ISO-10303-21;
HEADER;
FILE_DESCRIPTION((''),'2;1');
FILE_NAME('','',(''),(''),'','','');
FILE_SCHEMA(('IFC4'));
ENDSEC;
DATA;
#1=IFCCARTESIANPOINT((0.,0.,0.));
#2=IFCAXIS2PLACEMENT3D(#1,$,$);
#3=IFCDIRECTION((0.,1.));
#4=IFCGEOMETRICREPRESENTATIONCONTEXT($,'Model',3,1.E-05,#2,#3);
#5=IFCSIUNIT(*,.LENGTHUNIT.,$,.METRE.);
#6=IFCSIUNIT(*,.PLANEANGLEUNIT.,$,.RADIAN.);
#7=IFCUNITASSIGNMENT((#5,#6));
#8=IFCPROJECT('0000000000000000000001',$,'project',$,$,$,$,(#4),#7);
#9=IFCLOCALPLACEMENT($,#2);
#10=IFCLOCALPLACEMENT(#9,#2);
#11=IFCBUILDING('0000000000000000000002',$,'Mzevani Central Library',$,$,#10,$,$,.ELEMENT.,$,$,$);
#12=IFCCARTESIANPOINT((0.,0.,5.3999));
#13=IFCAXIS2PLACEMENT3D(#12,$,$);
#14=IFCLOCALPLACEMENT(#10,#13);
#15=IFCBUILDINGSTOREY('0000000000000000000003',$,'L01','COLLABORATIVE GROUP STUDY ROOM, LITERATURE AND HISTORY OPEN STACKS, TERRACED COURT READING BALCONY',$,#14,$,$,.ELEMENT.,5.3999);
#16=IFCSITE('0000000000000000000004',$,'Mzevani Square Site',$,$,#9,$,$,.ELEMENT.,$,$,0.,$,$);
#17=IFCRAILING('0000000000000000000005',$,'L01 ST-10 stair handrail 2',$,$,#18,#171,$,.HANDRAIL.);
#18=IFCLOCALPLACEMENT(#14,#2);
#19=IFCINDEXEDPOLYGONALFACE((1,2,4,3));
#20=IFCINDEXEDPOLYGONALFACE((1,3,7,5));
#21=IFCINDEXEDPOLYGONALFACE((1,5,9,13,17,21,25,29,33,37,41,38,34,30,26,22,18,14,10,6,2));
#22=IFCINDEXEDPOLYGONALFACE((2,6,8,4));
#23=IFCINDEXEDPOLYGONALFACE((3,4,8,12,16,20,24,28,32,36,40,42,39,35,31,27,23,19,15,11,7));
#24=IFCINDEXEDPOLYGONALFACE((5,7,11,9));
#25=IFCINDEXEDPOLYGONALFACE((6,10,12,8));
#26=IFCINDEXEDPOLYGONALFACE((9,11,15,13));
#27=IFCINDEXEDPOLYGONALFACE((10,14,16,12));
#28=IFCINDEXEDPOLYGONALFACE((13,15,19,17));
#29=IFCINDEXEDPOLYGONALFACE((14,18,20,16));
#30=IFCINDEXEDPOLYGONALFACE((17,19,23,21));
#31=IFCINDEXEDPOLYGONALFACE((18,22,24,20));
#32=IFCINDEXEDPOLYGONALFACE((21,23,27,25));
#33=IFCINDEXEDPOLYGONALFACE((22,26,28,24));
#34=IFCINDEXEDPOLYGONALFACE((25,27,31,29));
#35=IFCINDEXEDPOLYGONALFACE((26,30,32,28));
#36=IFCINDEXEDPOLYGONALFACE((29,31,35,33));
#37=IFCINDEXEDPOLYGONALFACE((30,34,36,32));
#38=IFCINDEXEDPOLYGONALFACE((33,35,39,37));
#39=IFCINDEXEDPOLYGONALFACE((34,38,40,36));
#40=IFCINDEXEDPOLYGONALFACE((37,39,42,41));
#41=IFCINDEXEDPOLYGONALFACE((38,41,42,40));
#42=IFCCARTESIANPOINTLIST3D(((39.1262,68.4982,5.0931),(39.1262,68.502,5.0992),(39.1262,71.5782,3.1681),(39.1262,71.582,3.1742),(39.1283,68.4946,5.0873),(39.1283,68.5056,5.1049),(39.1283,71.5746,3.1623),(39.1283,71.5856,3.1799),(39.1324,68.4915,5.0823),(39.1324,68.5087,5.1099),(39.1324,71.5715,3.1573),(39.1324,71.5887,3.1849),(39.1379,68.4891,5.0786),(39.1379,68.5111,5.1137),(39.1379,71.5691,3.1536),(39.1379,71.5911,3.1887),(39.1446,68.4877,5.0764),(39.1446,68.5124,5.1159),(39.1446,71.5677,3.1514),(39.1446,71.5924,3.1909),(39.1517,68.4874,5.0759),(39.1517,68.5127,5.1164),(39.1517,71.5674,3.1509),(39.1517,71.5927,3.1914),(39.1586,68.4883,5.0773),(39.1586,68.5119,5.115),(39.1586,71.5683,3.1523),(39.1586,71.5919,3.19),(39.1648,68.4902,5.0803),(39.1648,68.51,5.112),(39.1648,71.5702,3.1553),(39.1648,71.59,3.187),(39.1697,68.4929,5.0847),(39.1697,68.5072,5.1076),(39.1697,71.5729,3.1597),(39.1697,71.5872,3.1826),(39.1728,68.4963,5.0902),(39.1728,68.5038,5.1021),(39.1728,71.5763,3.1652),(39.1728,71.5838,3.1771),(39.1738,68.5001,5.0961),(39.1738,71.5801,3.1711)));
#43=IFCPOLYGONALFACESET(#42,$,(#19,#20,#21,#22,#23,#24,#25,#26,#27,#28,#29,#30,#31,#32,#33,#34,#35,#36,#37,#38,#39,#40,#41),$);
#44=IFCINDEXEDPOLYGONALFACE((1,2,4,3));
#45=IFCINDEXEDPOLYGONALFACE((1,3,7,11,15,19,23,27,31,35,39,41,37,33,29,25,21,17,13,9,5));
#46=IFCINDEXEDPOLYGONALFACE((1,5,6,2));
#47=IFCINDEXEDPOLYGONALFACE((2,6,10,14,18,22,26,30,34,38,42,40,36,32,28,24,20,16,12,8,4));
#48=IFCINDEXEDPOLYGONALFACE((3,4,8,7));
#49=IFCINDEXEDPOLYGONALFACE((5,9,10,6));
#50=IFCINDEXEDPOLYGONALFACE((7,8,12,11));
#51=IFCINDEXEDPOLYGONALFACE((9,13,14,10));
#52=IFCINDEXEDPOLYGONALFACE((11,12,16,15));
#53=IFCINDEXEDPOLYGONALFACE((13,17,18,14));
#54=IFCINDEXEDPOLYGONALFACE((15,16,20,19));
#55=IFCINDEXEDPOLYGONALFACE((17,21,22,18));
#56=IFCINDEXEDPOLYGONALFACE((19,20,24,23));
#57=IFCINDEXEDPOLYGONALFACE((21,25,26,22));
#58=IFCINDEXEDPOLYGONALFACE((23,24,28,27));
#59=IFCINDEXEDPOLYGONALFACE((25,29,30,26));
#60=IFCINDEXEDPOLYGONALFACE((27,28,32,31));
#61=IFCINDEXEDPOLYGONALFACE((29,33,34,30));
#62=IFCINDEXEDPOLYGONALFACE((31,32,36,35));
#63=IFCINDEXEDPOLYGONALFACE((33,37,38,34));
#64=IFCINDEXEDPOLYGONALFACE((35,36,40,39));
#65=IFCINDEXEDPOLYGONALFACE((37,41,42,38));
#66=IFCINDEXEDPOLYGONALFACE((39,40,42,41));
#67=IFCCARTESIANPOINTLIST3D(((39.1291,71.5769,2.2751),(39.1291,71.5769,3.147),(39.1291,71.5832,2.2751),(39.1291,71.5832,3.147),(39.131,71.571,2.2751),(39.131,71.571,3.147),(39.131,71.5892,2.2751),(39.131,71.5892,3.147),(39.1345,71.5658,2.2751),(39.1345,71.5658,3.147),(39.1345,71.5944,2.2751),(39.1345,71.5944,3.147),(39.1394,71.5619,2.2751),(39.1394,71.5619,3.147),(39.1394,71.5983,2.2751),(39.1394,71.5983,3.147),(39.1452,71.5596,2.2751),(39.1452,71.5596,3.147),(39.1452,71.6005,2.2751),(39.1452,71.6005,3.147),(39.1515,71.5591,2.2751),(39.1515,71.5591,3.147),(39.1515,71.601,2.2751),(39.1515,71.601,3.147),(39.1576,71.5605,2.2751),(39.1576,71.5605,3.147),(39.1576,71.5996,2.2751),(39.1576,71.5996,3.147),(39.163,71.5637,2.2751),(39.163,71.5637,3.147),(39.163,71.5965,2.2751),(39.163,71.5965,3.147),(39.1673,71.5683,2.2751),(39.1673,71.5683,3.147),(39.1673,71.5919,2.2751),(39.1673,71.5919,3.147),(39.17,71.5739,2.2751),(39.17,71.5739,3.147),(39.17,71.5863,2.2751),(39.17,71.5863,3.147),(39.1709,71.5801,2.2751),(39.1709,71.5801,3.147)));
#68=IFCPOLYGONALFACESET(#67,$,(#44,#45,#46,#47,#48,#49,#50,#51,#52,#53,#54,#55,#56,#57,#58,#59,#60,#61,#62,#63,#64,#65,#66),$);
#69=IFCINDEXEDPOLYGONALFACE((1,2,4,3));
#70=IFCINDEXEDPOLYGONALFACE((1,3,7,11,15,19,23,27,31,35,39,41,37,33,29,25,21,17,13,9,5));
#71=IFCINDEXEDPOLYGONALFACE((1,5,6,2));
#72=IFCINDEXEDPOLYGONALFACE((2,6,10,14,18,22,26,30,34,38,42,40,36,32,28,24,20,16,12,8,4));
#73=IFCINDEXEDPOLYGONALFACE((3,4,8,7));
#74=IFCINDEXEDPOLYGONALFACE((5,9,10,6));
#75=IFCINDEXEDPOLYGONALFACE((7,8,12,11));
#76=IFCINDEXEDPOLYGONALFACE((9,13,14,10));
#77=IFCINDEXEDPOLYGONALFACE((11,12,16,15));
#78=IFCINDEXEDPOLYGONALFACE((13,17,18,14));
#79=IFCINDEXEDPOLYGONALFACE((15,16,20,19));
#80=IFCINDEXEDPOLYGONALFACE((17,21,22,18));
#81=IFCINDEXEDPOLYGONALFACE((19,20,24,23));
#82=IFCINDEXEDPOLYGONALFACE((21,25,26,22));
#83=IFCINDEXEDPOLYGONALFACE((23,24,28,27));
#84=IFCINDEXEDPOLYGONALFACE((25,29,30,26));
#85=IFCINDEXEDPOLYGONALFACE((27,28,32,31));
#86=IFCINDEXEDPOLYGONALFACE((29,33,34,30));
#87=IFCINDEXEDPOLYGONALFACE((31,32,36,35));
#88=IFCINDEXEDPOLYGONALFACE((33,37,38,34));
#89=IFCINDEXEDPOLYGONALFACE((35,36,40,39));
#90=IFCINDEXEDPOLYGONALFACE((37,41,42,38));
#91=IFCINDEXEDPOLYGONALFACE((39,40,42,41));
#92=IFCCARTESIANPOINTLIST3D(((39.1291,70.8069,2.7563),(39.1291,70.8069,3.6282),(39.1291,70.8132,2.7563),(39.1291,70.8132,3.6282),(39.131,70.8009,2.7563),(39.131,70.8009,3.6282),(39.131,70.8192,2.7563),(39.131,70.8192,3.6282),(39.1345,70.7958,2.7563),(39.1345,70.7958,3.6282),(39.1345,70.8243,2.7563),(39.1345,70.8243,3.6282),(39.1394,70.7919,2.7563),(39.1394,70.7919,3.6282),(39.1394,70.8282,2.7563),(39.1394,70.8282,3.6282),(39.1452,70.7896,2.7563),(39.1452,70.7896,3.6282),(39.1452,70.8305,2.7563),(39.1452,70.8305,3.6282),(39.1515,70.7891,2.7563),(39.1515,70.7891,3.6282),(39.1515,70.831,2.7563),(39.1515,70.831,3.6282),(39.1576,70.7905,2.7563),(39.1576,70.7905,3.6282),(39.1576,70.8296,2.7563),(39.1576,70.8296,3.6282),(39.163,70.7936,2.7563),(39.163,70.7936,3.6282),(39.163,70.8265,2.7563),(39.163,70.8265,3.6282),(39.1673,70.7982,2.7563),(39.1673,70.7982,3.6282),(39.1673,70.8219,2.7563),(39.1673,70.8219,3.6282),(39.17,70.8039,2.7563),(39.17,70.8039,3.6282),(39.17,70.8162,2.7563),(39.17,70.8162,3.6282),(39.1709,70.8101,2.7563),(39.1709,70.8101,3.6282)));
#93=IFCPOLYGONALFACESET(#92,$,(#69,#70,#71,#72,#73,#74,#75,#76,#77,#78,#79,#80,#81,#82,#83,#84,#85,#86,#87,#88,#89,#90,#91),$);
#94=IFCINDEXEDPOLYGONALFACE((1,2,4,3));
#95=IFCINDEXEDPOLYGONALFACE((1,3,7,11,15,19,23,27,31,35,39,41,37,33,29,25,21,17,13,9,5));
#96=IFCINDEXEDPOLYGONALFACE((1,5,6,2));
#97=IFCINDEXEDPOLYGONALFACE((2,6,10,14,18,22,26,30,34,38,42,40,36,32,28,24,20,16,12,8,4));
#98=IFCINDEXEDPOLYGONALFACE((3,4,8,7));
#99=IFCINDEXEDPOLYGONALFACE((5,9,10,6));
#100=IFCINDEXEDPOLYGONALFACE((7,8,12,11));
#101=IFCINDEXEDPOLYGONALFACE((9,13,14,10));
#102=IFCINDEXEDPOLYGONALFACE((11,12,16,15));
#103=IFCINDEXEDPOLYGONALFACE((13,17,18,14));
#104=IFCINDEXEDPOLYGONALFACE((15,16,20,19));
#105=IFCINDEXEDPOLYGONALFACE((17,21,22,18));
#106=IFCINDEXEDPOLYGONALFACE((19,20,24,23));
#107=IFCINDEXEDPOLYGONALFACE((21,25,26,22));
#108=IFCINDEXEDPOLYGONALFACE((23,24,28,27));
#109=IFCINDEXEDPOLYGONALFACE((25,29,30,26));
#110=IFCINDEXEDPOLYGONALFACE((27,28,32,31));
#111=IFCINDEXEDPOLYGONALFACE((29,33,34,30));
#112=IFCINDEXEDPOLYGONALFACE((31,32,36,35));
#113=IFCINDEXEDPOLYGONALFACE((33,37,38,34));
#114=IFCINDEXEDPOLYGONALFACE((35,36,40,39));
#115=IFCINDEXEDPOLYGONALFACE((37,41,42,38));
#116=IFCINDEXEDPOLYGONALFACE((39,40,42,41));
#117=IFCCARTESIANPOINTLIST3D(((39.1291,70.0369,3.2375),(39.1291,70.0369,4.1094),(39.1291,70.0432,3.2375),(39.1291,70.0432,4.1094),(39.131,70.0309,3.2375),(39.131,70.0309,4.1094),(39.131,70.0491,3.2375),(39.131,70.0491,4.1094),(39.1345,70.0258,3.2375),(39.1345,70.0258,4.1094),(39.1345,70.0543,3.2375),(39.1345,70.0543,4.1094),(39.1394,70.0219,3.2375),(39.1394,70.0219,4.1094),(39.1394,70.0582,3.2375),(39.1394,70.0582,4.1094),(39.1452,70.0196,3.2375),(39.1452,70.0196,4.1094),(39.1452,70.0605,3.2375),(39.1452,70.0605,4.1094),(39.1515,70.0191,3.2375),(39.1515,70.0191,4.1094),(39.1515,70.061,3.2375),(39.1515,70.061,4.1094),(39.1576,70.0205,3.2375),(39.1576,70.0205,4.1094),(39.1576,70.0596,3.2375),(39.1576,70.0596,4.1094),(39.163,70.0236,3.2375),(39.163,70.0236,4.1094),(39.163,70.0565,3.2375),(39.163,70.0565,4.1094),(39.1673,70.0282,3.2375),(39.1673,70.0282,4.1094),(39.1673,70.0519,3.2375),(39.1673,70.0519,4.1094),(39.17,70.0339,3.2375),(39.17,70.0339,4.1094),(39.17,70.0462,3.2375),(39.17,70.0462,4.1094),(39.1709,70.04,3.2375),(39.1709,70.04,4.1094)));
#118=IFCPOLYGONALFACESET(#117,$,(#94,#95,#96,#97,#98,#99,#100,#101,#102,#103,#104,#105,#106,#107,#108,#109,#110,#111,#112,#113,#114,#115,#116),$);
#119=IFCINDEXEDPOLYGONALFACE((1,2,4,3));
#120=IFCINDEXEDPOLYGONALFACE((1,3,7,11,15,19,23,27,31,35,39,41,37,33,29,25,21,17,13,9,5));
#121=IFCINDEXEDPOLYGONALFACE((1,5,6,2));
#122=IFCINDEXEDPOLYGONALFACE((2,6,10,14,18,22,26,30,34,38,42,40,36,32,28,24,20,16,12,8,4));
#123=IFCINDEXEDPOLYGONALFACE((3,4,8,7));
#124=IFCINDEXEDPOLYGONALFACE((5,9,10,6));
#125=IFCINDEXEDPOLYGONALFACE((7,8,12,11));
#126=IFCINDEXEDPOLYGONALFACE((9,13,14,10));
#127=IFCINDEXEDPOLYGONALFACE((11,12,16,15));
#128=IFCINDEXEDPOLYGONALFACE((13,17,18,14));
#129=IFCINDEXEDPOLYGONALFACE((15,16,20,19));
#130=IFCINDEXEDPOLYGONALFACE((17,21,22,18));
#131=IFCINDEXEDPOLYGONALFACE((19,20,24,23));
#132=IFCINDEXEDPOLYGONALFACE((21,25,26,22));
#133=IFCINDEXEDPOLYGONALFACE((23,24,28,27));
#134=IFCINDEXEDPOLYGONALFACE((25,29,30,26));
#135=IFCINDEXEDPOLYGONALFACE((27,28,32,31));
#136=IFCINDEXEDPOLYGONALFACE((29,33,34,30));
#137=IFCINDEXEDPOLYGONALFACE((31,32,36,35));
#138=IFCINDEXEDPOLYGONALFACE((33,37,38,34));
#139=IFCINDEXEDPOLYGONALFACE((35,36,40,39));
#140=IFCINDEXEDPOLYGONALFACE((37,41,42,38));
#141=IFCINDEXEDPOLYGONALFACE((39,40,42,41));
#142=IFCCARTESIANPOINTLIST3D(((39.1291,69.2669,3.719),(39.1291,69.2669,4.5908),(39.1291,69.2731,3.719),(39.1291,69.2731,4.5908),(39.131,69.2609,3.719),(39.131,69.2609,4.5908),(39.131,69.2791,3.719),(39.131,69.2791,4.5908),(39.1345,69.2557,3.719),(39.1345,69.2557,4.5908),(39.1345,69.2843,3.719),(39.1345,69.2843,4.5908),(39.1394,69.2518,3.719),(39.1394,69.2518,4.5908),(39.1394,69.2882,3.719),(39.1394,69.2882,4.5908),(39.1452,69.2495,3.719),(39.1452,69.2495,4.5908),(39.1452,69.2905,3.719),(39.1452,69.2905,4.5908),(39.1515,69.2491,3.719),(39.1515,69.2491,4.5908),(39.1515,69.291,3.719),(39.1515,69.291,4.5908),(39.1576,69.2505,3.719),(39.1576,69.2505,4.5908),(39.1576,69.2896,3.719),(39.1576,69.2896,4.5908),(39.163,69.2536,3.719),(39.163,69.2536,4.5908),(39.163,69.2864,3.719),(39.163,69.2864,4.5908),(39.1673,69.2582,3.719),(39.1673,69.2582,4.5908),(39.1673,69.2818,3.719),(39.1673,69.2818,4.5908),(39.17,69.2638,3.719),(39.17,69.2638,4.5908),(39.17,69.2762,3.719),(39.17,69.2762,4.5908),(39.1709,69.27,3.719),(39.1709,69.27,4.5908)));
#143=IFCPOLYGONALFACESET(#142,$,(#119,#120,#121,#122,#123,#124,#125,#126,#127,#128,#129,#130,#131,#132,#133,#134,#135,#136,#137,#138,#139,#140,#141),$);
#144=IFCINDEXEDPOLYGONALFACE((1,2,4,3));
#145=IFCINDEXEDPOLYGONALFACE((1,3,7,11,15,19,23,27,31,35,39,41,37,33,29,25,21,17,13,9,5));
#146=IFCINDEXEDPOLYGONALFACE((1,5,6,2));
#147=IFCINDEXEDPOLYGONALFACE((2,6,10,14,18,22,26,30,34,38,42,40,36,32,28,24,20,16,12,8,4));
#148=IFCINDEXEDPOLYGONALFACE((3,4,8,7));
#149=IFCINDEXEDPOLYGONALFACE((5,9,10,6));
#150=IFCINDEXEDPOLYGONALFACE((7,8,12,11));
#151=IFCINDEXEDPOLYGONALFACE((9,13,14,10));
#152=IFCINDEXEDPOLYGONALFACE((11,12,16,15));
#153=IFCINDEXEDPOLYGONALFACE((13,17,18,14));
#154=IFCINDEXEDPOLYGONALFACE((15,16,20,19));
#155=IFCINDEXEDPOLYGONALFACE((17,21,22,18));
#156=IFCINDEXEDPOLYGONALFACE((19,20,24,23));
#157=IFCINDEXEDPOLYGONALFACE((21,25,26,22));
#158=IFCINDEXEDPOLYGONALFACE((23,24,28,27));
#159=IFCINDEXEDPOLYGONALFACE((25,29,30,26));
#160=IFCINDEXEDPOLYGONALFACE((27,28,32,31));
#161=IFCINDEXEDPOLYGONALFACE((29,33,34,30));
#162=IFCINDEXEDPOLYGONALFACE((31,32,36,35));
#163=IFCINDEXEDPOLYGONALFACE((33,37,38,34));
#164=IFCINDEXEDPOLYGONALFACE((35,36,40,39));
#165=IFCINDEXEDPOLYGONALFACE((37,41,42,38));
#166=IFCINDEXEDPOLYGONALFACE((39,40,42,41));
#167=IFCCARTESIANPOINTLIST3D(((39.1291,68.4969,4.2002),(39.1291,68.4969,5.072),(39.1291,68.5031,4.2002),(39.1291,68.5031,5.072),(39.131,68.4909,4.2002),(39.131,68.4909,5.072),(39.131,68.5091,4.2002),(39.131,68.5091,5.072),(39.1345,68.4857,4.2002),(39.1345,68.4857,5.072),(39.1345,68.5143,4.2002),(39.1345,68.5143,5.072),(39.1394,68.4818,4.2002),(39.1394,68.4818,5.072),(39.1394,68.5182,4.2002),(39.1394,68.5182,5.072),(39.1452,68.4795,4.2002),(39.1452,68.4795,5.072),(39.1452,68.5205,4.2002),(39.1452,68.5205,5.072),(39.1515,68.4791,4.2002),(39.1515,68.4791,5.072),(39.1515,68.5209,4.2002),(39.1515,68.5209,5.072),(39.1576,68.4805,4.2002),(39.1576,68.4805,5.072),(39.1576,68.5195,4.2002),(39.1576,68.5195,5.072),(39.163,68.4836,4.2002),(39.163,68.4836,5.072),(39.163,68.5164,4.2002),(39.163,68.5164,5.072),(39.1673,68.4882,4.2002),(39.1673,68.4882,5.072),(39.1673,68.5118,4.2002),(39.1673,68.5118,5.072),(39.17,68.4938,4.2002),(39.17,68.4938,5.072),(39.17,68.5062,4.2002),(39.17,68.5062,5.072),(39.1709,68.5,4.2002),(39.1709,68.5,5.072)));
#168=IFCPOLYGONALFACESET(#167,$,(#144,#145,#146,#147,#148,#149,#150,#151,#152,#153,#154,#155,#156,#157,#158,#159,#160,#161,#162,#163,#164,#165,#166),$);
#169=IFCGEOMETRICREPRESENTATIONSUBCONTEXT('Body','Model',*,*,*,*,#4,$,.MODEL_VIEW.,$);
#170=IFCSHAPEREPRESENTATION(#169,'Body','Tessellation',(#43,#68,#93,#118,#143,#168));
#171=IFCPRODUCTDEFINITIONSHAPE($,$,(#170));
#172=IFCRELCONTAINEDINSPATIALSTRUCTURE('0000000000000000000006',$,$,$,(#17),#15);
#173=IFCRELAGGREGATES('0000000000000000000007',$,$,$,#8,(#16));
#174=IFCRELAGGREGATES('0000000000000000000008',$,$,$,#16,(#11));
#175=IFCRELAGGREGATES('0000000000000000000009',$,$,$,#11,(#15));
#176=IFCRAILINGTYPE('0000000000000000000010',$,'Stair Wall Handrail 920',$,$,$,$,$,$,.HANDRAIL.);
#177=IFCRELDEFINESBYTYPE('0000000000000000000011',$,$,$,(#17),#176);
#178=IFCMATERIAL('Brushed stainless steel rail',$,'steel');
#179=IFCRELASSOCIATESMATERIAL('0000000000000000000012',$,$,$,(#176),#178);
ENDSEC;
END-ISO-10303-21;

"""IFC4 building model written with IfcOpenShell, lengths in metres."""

from ifc_helpers import new_model, si_unit, direction, frame, origin, origin_2d, place, context, subcontext, project, spatial, circle, extrude, material, type_object, element, save


model = new_model("IFC4")

# Units and contexts
model_context = context("Model", 3, precision=1e-05, world=origin(), true_north=direction((0.0, 1.0)))
body_context = subcontext(model_context, "Body", "Model", "MODEL_VIEW")
ifc_project = project(units=[si_unit("LENGTHUNIT", "METRE"), si_unit("PLANEANGLEUNIT", "RADIAN")], contexts=[model_context])

# Site, building, storey
site_placement = place(None, origin())
site = spatial("IfcSite", under=ifc_project, at=site_placement, Name="Mzevani Square Site", CompositionType="ELEMENT", RefElevation=0.0)
building_placement = place(site_placement, origin())
building = spatial("IfcBuilding", under=site, at=building_placement, Name="Mzevani Central Library", CompositionType="ELEMENT")
storey_placement = place(building_placement, frame((0.0, 0.0, 5.3999)))
storey = spatial("IfcBuildingStorey", under=building, at=storey_placement, Name="L01", Description="COLLABORATIVE GROUP STUDY ROOM, LITERATURE AND HISTORY OPEN STACKS, TERRACED COURT READING BALCONY", CompositionType="ELEMENT", Elevation=5.3999)

# Railing
ifc_material_1 = material(Name="Brushed stainless steel rail", Category="steel")
railing_type_1 = type_object("IfcRailingType", Name="Stair Wall Handrail 920", PredefinedType="HANDRAIL", material=ifc_material_1)
railing_1_placement = place(storey_placement, frame((39.1499, 71.5801, 2.2751)))
element("IfcRailing", 1, at=railing_1_placement, inside=storey, type_object=railing_type_1, Name="L01 ST-10 stair handrail 2", PredefinedType="HANDRAIL", context=body_context, shape_type="SweptSolid", body=[
    extrude(circle(Radius=0.0239, at=origin_2d()), frame((0.0, 0.0, 0.896), z_axis=(0.0, -0.847998, 0.529999), x_axis=(1.0, 0.0, 0.0)), (0.0, 0.0, 1.0), 3.6321),
    extrude(circle(Radius=0.021, at=origin_2d()), origin(), (0.0, 0.0, 1.0), 0.8718),
    extrude(circle(Radius=0.021, at=origin_2d()), frame((0.0, -0.77, 0.4812)), (0.0, 0.0, 1.0), 0.8718),
    extrude(circle(Radius=0.021, at=origin_2d()), frame((0.0, -1.54, 0.9624)), (0.0, 0.0, 1.0), 0.8718),
    extrude(circle(Radius=0.021, at=origin_2d()), frame((0.0, -2.3101, 1.4438)), (0.0, 0.0, 1.0), 0.8718),
    extrude(circle(Radius=0.021, at=origin_2d()), frame((0.0, -3.0801, 1.925)), (0.0, 0.0, 1.0), 0.8718),
])

save(model, "model.ifc")
